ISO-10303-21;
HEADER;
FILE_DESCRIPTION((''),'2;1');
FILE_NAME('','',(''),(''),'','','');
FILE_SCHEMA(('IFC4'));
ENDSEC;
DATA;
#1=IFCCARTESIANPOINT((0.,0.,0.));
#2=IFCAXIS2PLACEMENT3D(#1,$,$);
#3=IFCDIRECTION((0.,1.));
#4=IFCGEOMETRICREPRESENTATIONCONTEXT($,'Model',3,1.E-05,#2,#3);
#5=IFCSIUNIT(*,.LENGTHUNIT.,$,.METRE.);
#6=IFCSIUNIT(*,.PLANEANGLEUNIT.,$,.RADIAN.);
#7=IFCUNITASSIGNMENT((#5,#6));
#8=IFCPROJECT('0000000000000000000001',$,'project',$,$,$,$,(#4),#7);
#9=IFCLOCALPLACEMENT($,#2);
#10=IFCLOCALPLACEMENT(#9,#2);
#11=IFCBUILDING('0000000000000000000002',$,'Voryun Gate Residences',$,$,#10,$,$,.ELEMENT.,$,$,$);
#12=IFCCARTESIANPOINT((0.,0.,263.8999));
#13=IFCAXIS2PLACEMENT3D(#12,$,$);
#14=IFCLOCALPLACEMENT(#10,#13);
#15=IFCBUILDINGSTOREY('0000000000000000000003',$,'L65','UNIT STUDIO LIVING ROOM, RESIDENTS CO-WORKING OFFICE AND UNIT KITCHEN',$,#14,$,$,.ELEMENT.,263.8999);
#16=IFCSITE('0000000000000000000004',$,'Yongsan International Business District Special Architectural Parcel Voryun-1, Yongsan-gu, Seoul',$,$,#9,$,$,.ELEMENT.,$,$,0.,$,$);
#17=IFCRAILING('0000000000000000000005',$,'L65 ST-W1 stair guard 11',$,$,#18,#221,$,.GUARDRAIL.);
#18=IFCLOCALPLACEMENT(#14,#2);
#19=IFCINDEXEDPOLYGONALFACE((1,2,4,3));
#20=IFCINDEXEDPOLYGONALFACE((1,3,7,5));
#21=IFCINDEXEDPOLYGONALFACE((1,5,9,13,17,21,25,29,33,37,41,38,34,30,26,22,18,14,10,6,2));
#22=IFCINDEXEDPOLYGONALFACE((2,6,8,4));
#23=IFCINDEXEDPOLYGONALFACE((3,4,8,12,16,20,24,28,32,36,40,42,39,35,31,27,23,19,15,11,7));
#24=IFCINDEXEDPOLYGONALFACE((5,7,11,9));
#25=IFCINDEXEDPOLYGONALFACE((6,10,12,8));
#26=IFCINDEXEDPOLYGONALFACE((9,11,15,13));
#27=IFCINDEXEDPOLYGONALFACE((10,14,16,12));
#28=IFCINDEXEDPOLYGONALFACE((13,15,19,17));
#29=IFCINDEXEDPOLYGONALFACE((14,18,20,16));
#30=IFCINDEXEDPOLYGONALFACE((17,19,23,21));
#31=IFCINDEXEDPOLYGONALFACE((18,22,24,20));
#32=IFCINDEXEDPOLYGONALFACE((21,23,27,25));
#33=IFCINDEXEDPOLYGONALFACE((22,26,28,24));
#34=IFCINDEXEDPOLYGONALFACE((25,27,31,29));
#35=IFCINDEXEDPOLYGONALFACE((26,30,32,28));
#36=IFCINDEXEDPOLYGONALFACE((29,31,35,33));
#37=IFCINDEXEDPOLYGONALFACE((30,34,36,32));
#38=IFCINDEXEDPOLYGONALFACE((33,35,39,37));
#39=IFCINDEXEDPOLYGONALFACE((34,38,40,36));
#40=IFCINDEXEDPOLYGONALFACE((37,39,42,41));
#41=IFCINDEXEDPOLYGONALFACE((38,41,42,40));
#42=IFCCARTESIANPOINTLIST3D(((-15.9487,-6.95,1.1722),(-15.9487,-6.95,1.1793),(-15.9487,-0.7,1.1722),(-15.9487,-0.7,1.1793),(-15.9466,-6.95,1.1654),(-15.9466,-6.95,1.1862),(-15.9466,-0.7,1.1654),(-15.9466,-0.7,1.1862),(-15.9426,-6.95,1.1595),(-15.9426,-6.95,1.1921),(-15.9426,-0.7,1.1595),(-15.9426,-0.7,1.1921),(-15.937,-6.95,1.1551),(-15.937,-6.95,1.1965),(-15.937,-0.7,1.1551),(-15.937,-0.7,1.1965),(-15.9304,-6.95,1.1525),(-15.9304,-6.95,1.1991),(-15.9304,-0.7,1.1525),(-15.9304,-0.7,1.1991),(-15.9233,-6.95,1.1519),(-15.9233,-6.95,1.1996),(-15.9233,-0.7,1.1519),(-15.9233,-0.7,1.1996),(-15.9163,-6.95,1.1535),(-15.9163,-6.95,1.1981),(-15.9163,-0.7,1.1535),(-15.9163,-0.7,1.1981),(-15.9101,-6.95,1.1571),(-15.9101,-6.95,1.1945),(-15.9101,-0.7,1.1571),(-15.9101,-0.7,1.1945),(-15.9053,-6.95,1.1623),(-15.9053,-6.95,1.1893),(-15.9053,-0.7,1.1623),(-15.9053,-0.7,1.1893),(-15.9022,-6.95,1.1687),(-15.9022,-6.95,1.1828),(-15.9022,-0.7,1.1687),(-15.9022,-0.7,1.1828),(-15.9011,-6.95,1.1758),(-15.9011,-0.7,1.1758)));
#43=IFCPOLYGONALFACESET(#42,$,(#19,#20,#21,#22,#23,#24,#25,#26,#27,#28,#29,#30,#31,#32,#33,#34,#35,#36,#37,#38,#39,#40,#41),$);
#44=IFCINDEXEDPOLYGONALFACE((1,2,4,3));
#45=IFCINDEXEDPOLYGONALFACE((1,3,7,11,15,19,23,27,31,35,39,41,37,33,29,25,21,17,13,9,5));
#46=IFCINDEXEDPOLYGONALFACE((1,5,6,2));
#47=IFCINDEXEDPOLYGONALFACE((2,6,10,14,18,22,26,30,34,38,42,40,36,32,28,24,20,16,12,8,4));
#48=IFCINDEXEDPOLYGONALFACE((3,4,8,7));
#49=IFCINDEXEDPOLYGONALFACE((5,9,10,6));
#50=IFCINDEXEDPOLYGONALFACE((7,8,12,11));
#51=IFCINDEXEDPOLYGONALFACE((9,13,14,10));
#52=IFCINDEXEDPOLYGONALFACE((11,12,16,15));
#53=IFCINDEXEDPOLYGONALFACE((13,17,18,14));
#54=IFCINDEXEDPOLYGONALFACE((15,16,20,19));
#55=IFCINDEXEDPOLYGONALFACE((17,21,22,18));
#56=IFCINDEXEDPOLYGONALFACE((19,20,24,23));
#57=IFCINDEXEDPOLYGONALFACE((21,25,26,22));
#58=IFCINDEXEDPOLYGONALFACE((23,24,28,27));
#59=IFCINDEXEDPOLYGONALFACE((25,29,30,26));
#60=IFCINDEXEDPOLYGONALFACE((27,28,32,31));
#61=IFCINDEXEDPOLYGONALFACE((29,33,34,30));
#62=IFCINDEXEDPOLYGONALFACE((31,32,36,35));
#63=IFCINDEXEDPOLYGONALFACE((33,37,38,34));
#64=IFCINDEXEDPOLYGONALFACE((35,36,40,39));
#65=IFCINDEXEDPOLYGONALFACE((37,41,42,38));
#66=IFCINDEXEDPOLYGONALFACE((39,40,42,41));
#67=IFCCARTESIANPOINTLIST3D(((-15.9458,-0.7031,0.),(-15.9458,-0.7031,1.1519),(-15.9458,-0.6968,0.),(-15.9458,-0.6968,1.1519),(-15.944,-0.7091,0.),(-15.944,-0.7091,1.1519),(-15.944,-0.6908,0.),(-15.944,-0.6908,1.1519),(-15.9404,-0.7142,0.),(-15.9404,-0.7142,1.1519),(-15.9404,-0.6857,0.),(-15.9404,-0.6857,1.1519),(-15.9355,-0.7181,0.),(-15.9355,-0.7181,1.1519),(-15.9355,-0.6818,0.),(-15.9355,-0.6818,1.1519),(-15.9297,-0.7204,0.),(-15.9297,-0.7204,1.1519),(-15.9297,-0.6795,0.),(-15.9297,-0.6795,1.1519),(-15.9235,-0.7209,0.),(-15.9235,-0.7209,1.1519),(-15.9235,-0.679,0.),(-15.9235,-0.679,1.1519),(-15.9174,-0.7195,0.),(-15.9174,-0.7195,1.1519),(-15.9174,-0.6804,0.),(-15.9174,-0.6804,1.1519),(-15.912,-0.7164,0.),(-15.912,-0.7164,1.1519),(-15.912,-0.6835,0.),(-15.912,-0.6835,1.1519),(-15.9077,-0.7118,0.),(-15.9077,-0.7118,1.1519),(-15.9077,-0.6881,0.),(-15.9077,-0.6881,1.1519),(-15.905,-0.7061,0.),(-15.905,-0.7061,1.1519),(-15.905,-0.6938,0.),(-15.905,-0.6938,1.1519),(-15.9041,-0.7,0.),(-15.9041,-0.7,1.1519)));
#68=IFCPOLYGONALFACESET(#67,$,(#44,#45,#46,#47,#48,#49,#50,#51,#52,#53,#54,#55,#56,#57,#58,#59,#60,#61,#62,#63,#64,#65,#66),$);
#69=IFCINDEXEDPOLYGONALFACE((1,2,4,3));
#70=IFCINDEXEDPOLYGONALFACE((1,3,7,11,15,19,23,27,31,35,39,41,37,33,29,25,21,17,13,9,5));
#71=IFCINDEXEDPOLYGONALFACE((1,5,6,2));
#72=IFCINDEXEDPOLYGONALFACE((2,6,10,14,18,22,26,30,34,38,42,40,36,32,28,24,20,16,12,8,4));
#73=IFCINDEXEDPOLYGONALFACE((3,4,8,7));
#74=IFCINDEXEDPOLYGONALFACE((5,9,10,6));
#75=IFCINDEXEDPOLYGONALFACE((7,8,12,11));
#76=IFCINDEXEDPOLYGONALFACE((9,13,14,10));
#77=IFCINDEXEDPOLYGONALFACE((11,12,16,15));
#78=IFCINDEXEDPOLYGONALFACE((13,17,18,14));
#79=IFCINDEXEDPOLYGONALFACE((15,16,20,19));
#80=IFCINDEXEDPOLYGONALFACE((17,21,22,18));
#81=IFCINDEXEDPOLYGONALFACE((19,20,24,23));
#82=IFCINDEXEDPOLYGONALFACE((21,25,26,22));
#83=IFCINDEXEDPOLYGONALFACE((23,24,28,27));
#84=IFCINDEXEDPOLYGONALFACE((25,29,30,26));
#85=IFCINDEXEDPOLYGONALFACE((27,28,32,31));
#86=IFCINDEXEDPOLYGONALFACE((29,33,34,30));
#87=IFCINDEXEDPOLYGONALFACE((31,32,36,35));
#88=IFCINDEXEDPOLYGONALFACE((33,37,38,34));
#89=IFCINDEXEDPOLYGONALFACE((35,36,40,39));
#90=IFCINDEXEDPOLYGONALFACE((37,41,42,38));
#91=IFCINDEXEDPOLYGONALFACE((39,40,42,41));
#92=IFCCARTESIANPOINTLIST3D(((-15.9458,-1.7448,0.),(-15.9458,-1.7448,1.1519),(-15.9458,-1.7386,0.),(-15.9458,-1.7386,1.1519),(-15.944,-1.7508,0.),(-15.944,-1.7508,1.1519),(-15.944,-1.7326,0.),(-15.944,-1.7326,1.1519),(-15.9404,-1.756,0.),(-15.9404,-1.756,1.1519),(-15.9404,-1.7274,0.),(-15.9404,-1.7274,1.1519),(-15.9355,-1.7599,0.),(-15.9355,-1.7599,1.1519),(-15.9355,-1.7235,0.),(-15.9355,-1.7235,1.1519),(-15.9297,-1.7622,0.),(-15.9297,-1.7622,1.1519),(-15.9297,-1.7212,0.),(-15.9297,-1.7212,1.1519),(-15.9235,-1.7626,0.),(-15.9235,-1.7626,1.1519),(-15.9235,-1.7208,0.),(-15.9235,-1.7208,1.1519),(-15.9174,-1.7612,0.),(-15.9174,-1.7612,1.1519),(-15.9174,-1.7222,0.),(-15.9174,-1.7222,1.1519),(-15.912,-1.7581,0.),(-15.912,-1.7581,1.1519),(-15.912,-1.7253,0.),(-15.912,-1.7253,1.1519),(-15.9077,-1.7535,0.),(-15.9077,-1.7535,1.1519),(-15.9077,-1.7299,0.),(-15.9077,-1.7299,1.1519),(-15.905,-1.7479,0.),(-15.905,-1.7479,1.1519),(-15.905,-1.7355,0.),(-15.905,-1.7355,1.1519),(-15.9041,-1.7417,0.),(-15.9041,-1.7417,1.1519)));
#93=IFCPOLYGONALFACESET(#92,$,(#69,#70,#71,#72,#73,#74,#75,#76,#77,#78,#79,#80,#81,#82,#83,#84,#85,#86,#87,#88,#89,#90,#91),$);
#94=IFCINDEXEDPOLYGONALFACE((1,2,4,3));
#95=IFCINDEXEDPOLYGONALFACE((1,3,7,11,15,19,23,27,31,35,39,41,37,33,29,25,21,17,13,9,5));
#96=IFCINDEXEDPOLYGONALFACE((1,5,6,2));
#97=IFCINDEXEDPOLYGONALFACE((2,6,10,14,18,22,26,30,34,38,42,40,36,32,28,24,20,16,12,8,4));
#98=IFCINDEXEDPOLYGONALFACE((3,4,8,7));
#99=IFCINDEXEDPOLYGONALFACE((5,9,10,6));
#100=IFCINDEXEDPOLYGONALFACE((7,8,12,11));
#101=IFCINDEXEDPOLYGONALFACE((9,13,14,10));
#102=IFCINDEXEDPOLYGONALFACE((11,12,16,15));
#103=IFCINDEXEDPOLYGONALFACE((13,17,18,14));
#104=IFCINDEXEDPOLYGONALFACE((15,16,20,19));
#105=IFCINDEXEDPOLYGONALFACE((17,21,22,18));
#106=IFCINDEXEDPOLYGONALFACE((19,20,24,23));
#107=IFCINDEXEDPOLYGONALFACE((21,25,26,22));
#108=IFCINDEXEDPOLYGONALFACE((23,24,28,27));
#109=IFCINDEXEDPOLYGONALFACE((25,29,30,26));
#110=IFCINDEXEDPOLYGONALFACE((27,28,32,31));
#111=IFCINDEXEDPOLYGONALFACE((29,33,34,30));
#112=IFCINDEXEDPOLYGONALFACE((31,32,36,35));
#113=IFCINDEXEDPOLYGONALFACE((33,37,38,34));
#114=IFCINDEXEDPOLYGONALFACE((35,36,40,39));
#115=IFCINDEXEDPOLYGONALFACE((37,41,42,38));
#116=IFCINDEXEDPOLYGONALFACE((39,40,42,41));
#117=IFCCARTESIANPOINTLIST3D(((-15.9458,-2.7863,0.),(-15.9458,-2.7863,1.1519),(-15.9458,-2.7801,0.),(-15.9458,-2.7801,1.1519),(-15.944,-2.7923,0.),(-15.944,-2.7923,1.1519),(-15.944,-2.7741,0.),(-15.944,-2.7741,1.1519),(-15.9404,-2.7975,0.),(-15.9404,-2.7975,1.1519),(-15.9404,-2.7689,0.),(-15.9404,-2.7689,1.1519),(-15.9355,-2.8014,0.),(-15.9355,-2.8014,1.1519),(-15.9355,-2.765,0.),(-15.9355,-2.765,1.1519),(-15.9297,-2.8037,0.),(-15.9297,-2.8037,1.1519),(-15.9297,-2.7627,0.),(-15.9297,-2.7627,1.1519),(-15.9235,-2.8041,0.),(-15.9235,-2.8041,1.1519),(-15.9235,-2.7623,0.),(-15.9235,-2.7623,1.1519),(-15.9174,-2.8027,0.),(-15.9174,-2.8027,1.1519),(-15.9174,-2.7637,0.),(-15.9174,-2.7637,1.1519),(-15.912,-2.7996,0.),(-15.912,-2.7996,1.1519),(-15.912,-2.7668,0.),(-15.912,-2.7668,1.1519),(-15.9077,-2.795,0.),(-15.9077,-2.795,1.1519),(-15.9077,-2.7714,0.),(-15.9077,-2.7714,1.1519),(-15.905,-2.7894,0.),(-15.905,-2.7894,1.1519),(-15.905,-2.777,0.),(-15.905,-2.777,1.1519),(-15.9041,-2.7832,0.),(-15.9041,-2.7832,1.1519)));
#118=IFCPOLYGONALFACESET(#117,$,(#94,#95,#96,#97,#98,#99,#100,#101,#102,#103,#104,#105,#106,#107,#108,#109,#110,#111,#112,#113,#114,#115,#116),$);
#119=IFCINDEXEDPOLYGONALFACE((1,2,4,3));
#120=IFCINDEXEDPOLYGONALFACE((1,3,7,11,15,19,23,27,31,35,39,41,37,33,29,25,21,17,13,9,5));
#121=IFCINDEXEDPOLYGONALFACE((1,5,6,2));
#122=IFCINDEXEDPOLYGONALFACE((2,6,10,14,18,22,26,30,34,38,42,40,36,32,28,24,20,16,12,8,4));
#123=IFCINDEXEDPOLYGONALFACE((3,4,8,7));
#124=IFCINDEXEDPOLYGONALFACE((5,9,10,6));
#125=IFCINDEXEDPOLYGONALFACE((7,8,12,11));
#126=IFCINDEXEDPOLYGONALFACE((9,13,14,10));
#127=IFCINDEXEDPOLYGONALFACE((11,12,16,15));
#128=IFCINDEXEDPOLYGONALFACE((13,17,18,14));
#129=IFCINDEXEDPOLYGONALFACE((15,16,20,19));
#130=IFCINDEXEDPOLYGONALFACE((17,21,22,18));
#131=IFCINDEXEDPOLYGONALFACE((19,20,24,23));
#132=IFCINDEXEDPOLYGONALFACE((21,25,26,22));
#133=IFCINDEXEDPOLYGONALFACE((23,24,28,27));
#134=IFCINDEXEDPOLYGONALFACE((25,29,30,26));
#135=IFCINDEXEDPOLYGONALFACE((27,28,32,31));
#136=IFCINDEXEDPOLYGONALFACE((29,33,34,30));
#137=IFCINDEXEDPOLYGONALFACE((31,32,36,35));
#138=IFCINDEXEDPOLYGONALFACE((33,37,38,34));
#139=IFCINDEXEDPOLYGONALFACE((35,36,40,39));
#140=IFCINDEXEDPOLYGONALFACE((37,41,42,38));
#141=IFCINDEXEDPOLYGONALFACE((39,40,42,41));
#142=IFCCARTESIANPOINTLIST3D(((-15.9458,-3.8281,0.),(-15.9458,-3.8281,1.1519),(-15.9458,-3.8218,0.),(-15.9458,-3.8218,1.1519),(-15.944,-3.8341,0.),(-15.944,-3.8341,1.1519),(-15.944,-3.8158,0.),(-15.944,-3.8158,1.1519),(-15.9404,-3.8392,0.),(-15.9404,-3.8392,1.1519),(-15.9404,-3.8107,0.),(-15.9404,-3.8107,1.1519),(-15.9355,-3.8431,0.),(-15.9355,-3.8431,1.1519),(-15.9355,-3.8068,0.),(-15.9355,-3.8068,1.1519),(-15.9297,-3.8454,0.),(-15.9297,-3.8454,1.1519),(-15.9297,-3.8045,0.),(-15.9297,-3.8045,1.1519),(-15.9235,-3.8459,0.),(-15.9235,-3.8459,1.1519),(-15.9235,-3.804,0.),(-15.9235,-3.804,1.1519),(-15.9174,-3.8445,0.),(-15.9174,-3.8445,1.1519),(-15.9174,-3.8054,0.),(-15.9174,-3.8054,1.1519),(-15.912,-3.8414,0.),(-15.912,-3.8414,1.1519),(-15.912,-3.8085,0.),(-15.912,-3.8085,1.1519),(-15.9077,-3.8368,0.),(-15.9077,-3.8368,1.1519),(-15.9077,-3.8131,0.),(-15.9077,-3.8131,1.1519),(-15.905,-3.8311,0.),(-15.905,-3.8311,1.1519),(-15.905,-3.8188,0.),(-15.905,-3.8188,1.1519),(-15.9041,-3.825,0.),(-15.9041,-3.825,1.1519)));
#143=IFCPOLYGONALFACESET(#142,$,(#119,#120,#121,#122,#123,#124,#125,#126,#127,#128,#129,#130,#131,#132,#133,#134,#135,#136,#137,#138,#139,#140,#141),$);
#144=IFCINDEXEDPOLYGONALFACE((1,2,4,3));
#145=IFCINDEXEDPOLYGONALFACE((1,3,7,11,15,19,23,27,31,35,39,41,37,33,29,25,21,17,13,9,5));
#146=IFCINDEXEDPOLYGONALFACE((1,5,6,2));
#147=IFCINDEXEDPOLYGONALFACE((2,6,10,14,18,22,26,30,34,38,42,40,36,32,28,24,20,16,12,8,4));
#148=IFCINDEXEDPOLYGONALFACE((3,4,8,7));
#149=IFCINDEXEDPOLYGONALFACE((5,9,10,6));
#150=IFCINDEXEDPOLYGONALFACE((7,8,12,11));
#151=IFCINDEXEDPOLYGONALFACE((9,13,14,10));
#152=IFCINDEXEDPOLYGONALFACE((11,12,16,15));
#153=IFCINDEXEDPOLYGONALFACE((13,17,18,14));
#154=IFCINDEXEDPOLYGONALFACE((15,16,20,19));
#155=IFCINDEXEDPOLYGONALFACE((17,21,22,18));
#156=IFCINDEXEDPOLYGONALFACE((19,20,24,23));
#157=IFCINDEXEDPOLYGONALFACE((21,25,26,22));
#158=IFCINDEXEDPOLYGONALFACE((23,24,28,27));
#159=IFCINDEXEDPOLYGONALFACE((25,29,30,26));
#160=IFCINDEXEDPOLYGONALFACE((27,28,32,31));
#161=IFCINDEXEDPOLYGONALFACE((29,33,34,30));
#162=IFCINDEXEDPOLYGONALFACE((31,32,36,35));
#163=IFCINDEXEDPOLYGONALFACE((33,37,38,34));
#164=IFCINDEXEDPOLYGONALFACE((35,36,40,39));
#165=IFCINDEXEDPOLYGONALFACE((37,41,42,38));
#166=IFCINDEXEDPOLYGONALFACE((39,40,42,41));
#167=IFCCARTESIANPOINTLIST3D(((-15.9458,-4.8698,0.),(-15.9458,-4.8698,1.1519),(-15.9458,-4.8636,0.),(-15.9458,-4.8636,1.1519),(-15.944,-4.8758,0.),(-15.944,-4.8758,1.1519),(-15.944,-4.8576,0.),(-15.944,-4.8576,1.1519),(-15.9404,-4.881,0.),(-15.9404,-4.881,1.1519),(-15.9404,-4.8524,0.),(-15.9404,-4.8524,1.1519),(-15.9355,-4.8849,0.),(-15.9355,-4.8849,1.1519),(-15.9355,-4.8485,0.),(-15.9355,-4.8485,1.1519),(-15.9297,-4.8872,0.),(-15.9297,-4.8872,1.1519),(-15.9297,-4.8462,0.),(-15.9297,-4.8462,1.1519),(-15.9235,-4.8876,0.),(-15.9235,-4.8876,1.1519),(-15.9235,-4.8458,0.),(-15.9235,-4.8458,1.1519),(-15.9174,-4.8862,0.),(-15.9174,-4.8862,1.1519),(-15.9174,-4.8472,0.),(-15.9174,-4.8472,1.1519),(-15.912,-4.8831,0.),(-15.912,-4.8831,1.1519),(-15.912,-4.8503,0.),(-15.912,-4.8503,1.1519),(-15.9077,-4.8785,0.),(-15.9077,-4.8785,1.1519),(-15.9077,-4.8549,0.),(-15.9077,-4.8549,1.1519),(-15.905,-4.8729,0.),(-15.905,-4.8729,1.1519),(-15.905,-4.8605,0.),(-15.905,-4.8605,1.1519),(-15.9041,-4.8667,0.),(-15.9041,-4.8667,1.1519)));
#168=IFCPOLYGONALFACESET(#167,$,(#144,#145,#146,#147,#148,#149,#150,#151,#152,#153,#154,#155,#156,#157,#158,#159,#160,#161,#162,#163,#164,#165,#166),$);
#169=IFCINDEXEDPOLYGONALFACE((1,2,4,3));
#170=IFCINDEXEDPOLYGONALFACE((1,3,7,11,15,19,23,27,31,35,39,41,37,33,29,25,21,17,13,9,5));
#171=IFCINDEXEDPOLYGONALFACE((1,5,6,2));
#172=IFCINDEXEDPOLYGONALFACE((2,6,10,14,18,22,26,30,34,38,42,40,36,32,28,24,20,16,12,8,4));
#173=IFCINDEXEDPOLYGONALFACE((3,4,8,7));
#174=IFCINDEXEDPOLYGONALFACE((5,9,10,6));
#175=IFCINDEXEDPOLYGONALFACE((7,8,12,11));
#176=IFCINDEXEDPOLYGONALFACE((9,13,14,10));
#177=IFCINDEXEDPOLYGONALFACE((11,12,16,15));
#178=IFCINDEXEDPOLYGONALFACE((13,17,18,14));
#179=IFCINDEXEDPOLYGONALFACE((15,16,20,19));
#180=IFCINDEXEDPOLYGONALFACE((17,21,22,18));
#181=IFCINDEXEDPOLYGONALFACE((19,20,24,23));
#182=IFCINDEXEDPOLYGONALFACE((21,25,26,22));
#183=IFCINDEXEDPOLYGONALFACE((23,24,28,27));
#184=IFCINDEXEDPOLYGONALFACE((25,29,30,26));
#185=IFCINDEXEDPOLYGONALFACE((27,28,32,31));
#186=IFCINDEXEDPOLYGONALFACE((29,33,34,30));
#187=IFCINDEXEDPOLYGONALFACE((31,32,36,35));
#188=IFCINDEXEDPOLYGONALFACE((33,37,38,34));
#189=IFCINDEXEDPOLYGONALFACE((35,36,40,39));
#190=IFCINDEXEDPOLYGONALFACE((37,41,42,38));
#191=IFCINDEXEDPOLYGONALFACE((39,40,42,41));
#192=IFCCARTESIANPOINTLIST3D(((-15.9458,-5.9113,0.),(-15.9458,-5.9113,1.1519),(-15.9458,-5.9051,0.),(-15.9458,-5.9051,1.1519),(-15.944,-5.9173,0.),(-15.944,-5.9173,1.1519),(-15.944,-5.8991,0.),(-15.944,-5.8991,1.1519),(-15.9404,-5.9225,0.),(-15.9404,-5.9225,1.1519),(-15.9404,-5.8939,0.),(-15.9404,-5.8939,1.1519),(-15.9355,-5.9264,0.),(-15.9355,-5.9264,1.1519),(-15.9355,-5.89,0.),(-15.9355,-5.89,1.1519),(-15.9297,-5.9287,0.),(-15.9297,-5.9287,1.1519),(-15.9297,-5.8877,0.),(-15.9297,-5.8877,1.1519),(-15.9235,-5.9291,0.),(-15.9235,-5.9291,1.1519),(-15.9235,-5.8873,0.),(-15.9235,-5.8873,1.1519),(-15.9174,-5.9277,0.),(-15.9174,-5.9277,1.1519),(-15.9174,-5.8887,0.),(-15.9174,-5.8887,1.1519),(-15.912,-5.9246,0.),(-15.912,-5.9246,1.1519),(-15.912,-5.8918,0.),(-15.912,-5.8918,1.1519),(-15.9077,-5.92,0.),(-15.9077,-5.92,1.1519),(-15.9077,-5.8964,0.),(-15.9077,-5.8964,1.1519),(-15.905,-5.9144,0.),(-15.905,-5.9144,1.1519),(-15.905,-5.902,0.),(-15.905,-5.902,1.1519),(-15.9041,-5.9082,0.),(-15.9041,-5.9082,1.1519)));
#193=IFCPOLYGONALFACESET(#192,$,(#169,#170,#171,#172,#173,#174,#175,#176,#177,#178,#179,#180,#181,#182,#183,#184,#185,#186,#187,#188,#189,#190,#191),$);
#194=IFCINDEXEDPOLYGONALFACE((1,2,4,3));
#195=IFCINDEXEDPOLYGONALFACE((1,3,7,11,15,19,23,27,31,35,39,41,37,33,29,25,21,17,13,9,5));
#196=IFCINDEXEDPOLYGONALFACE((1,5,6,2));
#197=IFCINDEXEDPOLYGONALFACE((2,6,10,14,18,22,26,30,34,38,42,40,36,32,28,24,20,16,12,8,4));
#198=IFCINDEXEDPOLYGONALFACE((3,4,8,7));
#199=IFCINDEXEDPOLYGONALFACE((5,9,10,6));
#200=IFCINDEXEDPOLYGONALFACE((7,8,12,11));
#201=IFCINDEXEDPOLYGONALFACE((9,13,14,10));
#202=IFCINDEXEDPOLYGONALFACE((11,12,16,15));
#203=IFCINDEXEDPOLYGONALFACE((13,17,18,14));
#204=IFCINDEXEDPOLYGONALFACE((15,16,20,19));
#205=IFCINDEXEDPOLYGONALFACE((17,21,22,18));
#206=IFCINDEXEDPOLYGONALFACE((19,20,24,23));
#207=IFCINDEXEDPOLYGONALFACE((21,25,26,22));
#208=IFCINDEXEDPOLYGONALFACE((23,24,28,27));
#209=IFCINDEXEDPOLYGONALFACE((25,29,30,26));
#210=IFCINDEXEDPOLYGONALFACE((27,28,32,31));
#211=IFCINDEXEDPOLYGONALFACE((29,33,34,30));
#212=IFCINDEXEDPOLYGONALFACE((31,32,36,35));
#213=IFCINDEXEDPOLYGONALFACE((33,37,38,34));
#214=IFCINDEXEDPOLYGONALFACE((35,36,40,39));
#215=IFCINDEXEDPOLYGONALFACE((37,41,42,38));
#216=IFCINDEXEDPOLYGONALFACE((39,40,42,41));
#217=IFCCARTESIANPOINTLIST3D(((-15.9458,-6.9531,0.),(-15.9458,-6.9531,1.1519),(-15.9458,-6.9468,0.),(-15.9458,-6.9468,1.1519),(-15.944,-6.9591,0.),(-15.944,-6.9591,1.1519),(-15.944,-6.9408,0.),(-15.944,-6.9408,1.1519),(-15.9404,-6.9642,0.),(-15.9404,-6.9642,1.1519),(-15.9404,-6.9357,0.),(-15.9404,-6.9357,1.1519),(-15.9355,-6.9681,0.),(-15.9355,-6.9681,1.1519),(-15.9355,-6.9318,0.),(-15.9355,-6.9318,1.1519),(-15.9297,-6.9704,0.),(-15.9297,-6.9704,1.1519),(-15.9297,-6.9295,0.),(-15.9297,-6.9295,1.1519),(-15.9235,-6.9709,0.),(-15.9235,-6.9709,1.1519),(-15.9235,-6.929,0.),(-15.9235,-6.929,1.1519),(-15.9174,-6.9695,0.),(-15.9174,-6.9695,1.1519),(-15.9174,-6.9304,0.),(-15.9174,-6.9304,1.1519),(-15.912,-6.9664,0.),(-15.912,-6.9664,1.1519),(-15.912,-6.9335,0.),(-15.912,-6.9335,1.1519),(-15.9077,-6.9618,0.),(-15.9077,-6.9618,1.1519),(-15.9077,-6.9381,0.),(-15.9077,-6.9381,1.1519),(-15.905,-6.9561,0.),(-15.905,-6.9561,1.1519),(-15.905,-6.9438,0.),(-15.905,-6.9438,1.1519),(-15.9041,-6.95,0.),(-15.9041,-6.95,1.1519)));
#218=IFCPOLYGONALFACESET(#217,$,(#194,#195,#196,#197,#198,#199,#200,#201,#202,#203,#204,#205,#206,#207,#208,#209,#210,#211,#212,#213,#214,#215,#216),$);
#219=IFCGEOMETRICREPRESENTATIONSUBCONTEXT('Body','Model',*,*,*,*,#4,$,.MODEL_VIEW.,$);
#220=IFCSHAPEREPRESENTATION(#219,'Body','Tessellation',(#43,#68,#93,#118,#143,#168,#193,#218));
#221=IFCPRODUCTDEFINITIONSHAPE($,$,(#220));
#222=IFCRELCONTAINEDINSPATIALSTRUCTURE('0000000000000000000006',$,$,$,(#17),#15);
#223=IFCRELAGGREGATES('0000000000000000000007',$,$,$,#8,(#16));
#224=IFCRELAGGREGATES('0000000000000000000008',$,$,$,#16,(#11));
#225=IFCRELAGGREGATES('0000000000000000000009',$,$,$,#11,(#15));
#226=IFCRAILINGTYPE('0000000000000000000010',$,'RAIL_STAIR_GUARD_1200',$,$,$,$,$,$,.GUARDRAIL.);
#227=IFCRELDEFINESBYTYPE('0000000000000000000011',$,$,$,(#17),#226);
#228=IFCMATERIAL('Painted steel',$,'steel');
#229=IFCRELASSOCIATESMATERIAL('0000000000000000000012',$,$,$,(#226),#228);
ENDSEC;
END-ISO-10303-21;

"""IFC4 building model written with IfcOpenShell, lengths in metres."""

from ifc_helpers import new_model, si_unit, direction, frame, origin, origin_2d, place, context, subcontext, project, spatial, circle, extrude, material, type_object, element, save


model = new_model("IFC4")

# Units and contexts
model_context = context("Model", 3, precision=1e-05, world=origin(), true_north=direction((0.0, 1.0)))
body_context = subcontext(model_context, "Body", "Model", "MODEL_VIEW")
ifc_project = project(units=[si_unit("LENGTHUNIT", "METRE"), si_unit("PLANEANGLEUNIT", "RADIAN")], contexts=[model_context])

# Site, building, storey
site_placement = place(None, origin())
site = spatial("IfcSite", under=ifc_project, at=site_placement, Name="Yongsan International Business District Special Architectural Parcel Voryun-1, Yongsan-gu, Seoul", CompositionType="ELEMENT", RefElevation=0.0)
building_placement = place(site_placement, origin())
building = spatial("IfcBuilding", under=site, at=building_placement, Name="Voryun Gate Residences", CompositionType="ELEMENT")
storey_placement = place(building_placement, frame((0.0, 0.0, 263.8999)))
storey = spatial("IfcBuildingStorey", under=building, at=storey_placement, Name="L65", Description="UNIT STUDIO LIVING ROOM, RESIDENTS CO-WORKING OFFICE AND UNIT KITCHEN", CompositionType="ELEMENT", Elevation=263.8999)

# Railing
ifc_material_1 = material(Name="Painted steel", Category="steel")
railing_type_1 = type_object("IfcRailingType", Name="RAIL_STAIR_GUARD_1200", PredefinedType="GUARDRAIL", material=ifc_material_1)
railing_1_placement = place(storey_placement, frame((-15.925, -0.7, 0.0)))
element("IfcRailing", 1, at=railing_1_placement, inside=storey, type_object=railing_type_1, Name="L65 ST-W1 stair guard 11", PredefinedType="GUARDRAIL", context=body_context, shape_type="SweptSolid", body=[
    extrude(circle(Radius=0.0239, at=origin_2d()), frame((0.0, 0.0, 1.1758), z_axis=(0.0, -1.0, 0.0), x_axis=(1.0, 0.0, 0.0)), (0.0, 0.0, 1.0), 6.25),
    extrude(circle(Radius=0.021, at=origin_2d()), origin(), (0.0, 0.0, 1.0), 1.1519),
    extrude(circle(Radius=0.021, at=origin_2d()), frame((0.0, -1.0417, 0.0)), (0.0, 0.0, 1.0), 1.1519),
    extrude(circle(Radius=0.021, at=origin_2d()), frame((0.0, -2.0833, 0.0)), (0.0, 0.0, 1.0), 1.1519),
    extrude(circle(Radius=0.021, at=origin_2d()), frame((0.0, -3.125, 0.0)), (0.0, 0.0, 1.0), 1.1519),
    extrude(circle(Radius=0.021, at=origin_2d()), frame((0.0, -4.1667, 0.0)), (0.0, 0.0, 1.0), 1.1519),
    extrude(circle(Radius=0.021, at=origin_2d()), frame((0.0, -5.2083, 0.0)), (0.0, 0.0, 1.0), 1.1519),
    extrude(circle(Radius=0.021, at=origin_2d()), frame((0.0, -6.25, 0.0)), (0.0, 0.0, 1.0), 1.1519),
])

save(model, "model.ifc")
